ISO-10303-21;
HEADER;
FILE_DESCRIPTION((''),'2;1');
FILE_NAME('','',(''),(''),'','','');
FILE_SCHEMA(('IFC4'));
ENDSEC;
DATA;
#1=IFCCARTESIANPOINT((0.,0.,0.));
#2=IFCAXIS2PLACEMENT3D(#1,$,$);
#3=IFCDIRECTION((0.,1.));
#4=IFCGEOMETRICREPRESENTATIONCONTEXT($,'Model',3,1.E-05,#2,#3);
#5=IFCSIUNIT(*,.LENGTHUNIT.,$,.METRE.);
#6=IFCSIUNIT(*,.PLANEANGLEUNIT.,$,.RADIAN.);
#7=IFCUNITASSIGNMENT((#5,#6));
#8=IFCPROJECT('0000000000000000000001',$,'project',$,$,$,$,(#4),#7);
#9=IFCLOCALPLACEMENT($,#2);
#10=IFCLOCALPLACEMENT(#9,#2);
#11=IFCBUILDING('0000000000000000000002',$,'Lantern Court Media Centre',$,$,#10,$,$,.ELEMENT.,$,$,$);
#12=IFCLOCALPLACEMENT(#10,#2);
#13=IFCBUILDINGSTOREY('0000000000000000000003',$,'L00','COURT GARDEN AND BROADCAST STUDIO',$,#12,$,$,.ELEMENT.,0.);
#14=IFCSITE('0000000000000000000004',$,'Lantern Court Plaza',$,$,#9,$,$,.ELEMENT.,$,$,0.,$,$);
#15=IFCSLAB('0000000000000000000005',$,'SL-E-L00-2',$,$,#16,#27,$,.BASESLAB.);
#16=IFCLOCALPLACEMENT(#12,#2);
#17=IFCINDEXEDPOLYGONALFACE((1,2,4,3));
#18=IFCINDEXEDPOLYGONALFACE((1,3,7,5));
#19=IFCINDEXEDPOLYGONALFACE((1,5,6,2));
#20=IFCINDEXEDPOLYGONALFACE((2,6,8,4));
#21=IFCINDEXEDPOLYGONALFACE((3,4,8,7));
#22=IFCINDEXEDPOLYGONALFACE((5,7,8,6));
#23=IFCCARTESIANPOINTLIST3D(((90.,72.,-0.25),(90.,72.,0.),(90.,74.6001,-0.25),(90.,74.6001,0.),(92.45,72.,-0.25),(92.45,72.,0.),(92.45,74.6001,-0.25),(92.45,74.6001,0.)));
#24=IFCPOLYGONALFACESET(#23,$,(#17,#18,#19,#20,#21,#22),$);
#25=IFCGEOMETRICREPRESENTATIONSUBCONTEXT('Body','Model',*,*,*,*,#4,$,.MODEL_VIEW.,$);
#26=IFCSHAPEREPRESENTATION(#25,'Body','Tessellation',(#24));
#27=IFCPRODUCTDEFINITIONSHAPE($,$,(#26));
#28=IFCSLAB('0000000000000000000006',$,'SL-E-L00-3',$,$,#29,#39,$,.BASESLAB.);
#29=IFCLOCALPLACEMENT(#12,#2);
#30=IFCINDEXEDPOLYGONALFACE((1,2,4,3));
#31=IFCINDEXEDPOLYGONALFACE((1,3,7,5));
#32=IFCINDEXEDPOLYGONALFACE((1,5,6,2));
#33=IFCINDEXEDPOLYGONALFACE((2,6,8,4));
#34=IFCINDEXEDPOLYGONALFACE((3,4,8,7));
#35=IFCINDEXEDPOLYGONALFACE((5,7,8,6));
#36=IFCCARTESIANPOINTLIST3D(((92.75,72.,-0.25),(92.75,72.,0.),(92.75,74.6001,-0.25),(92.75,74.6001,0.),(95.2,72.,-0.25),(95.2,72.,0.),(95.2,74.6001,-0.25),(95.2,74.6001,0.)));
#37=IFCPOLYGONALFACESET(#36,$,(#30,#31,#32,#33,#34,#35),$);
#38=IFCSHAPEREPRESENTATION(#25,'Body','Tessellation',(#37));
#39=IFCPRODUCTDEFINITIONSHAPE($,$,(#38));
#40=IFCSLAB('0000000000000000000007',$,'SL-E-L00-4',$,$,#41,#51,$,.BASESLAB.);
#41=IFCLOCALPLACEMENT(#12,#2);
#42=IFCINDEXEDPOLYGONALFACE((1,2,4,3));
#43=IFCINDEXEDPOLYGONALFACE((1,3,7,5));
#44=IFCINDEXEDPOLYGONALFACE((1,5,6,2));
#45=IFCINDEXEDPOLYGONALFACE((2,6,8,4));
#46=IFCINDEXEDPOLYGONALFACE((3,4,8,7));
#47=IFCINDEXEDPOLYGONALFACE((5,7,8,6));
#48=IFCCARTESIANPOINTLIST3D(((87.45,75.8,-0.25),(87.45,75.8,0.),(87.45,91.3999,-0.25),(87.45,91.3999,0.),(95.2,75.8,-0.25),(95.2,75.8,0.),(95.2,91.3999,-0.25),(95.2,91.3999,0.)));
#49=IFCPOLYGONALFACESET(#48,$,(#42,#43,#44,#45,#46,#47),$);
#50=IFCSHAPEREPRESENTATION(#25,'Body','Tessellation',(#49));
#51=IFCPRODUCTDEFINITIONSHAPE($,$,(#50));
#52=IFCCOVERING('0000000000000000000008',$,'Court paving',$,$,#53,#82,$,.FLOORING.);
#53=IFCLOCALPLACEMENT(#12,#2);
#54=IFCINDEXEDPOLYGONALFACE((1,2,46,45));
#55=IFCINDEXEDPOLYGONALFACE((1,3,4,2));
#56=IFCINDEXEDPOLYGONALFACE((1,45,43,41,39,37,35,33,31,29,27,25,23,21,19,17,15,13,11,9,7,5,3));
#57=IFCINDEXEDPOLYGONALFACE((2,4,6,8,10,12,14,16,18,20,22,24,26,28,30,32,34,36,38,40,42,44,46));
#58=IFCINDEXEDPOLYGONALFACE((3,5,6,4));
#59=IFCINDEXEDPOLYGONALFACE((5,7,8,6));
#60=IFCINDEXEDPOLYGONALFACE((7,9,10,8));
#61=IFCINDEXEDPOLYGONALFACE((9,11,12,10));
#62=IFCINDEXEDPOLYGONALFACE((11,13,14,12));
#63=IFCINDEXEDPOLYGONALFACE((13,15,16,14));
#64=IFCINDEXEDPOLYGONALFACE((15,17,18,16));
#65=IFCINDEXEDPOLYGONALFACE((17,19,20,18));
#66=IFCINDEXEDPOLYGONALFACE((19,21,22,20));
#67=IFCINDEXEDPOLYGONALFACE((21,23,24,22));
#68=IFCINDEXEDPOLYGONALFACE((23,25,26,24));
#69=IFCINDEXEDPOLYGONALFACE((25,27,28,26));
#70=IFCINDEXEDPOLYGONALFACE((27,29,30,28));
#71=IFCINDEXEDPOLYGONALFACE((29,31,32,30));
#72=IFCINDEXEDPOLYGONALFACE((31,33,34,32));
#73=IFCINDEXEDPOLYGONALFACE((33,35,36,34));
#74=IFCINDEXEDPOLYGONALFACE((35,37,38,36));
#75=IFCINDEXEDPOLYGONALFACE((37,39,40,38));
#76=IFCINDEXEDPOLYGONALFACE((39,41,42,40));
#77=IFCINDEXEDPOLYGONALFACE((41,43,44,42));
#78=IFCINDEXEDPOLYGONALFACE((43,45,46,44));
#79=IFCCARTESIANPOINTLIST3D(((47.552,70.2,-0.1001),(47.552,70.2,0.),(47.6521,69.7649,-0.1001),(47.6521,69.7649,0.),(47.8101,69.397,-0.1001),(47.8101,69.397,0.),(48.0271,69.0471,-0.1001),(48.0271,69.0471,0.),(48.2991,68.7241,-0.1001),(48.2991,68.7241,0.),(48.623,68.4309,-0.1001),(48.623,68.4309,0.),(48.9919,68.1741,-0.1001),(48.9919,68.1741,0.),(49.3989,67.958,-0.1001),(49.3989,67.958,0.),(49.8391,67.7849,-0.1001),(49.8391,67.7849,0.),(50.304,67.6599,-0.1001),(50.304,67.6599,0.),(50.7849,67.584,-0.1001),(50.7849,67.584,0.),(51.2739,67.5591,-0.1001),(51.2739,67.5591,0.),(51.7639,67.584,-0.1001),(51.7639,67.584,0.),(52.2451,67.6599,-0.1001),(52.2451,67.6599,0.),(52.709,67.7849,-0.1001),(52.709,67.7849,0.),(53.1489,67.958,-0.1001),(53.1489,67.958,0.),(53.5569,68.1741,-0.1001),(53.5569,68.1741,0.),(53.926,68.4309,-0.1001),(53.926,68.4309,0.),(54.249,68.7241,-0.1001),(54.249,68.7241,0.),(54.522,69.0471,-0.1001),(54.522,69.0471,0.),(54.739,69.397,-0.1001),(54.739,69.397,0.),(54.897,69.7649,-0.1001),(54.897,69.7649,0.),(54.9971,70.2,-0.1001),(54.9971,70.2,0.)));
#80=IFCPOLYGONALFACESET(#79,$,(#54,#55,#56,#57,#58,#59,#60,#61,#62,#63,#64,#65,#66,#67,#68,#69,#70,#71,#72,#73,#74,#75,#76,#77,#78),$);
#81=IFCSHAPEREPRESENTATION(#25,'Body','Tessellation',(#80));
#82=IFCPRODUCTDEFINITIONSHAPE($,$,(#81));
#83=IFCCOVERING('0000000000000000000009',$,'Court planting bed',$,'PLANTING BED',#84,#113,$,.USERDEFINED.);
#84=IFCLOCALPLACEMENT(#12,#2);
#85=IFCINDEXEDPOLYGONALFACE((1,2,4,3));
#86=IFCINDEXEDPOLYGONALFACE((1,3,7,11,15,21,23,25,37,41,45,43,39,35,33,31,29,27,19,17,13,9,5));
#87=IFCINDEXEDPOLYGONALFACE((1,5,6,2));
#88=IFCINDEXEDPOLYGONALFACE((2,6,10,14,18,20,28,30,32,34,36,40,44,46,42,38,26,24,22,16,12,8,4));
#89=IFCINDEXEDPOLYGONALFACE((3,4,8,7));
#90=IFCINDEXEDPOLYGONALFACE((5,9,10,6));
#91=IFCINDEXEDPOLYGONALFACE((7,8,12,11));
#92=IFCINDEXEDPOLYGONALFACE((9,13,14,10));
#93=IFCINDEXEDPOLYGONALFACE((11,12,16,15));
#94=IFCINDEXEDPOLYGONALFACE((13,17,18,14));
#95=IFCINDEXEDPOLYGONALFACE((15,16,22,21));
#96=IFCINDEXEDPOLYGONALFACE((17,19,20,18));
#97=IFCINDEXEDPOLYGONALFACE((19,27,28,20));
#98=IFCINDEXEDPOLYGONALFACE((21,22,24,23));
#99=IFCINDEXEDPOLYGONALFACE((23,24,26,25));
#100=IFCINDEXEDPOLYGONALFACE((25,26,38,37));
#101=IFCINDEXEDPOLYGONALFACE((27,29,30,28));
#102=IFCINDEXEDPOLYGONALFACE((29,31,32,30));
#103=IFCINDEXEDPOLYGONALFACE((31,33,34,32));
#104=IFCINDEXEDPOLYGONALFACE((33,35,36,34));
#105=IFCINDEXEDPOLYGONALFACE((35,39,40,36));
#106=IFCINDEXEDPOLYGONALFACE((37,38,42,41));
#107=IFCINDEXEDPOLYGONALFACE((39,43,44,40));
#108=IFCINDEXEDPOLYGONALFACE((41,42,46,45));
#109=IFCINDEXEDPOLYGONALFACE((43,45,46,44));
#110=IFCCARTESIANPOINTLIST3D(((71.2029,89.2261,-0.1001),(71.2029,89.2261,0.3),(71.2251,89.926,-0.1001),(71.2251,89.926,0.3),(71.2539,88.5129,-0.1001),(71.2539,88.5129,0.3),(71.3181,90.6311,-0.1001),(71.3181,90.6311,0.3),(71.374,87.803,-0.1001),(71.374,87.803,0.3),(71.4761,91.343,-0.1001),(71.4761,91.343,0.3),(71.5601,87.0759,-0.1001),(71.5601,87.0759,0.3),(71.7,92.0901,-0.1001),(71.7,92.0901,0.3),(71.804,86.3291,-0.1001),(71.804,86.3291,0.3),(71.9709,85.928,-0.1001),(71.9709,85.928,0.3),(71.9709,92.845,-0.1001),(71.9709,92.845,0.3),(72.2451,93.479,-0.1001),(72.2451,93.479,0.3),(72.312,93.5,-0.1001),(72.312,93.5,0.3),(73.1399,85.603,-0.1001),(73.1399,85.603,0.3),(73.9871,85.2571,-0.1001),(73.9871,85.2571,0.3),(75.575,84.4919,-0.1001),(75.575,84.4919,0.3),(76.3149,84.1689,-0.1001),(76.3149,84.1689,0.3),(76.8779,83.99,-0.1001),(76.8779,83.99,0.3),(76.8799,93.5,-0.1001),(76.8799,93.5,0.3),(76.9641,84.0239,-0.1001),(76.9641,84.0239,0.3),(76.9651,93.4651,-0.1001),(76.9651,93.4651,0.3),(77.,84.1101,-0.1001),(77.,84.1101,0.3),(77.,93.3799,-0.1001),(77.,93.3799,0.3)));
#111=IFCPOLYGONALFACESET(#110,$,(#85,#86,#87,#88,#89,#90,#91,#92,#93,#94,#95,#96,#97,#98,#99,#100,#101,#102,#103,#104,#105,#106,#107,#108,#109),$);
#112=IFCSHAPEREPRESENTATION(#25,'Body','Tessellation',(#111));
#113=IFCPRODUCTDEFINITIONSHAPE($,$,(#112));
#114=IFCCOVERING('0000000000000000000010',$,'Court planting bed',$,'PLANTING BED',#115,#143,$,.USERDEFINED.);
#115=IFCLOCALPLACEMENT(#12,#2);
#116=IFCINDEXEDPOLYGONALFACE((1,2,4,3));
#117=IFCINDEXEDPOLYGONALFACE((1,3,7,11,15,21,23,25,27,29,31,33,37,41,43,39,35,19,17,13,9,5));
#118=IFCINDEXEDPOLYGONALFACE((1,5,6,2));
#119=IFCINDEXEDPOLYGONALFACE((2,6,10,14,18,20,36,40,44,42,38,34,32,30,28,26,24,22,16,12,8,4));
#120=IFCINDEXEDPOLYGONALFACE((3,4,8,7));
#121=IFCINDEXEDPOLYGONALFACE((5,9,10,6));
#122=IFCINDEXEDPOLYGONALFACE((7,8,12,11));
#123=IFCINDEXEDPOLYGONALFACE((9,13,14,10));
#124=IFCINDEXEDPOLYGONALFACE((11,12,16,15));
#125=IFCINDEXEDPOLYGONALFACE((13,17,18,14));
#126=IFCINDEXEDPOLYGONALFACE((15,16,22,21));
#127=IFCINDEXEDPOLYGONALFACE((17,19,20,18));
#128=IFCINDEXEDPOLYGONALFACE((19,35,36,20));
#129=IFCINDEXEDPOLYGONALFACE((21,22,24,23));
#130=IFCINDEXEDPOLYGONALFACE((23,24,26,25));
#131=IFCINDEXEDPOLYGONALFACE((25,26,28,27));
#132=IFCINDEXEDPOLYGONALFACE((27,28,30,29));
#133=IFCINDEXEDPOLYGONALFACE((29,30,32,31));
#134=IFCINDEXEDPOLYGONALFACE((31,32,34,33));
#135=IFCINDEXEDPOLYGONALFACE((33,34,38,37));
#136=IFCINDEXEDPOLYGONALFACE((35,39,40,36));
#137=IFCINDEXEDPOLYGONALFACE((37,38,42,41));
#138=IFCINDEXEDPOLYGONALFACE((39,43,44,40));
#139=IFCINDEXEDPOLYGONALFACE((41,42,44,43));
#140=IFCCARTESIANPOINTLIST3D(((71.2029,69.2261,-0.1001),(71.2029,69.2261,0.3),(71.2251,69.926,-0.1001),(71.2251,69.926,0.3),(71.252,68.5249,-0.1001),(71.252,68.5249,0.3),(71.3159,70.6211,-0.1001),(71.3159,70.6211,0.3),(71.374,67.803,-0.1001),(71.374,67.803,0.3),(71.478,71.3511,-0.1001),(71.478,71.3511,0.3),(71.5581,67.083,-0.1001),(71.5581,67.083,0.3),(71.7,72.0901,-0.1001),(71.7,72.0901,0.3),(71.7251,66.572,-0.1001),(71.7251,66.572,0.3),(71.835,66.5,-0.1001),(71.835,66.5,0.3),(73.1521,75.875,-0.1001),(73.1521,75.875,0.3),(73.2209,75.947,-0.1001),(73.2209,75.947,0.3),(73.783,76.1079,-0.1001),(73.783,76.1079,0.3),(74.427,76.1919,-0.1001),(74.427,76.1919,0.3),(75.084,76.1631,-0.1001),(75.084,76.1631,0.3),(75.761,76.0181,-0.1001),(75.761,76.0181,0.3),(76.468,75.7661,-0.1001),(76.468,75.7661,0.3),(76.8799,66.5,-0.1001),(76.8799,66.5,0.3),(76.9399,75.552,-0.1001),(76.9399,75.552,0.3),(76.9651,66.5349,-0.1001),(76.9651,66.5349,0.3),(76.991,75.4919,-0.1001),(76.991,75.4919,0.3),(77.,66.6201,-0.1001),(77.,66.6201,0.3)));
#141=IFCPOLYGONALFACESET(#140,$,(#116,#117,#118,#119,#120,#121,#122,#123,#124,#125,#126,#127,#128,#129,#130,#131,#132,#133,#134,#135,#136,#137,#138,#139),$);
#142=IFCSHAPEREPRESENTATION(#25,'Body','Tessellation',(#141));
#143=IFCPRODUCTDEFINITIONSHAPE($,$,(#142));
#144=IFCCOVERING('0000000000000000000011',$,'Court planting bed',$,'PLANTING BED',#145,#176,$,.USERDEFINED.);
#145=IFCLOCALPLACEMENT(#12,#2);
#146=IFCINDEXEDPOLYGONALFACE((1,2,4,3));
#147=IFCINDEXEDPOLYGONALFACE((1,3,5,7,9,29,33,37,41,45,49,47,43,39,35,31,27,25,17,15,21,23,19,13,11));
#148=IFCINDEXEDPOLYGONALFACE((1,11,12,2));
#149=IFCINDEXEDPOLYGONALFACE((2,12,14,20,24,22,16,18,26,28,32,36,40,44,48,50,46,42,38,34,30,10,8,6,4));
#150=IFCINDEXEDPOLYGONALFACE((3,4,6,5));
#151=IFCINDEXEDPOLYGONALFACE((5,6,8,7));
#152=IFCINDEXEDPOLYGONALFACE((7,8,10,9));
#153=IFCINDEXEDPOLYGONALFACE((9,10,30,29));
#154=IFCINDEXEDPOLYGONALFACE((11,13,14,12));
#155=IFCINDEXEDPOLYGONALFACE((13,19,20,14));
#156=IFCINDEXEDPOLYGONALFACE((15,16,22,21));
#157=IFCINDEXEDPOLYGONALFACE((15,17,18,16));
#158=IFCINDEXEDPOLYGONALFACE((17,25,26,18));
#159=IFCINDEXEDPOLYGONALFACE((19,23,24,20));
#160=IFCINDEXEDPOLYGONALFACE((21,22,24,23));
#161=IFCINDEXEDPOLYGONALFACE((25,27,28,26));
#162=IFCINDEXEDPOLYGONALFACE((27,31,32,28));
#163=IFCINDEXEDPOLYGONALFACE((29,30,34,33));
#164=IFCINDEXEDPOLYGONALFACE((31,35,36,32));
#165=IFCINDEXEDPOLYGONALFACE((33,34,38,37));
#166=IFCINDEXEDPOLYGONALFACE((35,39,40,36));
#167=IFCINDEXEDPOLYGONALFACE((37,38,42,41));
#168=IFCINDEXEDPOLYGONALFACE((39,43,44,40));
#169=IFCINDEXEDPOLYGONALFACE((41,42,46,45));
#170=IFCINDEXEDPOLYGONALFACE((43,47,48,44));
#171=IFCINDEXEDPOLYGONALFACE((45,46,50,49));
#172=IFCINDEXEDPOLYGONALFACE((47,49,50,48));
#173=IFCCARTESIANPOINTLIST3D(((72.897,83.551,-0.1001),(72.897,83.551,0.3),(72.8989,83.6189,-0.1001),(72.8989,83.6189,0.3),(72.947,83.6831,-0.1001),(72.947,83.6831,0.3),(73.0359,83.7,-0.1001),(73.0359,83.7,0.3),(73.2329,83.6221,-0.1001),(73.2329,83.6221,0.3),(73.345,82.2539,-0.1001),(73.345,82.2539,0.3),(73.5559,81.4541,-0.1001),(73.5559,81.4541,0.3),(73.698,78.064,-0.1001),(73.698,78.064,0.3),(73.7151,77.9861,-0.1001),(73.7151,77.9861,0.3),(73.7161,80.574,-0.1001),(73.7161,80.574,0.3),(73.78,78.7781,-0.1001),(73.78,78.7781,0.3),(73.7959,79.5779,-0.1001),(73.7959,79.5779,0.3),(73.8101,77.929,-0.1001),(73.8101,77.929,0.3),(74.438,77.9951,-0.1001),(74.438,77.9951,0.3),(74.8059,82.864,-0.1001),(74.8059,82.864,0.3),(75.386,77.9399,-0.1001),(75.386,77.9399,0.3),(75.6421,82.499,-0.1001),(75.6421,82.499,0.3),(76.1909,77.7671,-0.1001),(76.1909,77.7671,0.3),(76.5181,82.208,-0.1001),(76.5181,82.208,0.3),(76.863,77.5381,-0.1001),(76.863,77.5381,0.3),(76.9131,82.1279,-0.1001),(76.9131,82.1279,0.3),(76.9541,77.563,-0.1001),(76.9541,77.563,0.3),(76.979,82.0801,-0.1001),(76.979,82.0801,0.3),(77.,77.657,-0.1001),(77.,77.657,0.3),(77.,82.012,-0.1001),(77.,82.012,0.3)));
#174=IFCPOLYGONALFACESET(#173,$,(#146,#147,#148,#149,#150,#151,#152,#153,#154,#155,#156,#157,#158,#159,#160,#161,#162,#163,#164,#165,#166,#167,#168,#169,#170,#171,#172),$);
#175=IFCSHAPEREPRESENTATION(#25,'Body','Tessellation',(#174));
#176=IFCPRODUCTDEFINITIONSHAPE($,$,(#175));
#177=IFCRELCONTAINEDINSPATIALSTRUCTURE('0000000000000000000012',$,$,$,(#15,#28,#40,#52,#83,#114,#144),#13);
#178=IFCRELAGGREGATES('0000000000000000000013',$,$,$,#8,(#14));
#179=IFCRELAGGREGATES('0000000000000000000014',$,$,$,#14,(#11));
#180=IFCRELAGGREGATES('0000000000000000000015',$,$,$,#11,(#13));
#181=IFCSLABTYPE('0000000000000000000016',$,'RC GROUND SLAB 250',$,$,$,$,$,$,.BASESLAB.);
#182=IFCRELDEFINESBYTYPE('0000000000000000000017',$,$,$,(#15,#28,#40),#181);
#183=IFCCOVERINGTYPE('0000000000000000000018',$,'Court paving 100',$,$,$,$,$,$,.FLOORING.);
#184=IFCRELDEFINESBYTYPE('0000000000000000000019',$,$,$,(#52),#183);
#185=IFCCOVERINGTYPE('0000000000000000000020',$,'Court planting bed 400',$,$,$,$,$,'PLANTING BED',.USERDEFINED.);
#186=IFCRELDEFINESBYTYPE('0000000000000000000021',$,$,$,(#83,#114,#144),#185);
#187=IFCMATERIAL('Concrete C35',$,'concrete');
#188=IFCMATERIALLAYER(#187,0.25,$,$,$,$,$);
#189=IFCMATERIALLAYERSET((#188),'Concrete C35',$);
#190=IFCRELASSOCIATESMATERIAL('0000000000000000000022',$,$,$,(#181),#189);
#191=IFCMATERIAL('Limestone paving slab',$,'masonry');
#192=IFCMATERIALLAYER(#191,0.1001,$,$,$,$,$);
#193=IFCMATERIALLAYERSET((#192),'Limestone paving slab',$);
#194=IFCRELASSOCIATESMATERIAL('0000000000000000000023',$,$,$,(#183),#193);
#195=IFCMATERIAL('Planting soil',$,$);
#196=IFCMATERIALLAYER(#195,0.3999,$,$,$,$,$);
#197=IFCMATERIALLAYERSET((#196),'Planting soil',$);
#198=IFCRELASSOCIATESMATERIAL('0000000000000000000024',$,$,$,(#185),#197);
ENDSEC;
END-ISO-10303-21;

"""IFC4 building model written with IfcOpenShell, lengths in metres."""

from ifc_helpers import new_model, si_unit, direction, frame, origin, place, context, subcontext, project, spatial, polyline, outline, extrude, material, layer, layer_set, type_object, element, save


model = new_model("IFC4")

# Units and contexts
model_context = context("Model", 3, precision=1e-05, world=origin(), true_north=direction((0.0, 1.0)))
body_context = subcontext(model_context, "Body", "Model", "MODEL_VIEW")
ifc_project = project(units=[si_unit("LENGTHUNIT", "METRE"), si_unit("PLANEANGLEUNIT", "RADIAN")], contexts=[model_context])

# Site, building, storey
site_placement = place(None, origin())
site = spatial("IfcSite", under=ifc_project, at=site_placement, Name="Lantern Court Plaza", CompositionType="ELEMENT", RefElevation=0.0)
building_placement = place(site_placement, origin())
building = spatial("IfcBuilding", under=site, at=building_placement, Name="Lantern Court Media Centre", CompositionType="ELEMENT")
storey_placement = place(building_placement, origin())
storey = spatial("IfcBuildingStorey", under=building, at=storey_placement, Name="L00", Description="COURT GARDEN AND BROADCAST STUDIO", CompositionType="ELEMENT", Elevation=0.0)

# Slabs
ifc_material_1 = material(Name="Concrete C35", Category="concrete")
ifc_layer_1 = layer(ifc_material_1, 0.25)
ifc_layer_set_1 = layer_set([ifc_layer_1], Name="Concrete C35")
slab_type_1 = type_object("IfcSlabType", Name="RC GROUND SLAB 250", PredefinedType="BASESLAB", material=ifc_layer_set_1)
slab_1_placement = place(storey_placement, frame((0.0, 0.0, -0.25)))
element("IfcSlab", 1, at=slab_1_placement, inside=storey, type_object=slab_type_1, Name="SL-E-L00-2", PredefinedType="BASESLAB", context=body_context, shape_type="SweptSolid", body=[
    extrude(outline(polyline([(92.45, 72.0), (90.0, 72.0), (90.0, 74.6001), (92.45, 74.6001), (92.45, 72.0)])), origin(), (0.0, 0.0, 1.0), 0.25),
])
slab_2_placement = place(storey_placement, frame((0.0, 0.0, -0.25)))
element("IfcSlab", 2, at=slab_2_placement, inside=storey, type_object=slab_type_1, Name="SL-E-L00-3", PredefinedType="BASESLAB", context=body_context, shape_type="SweptSolid", body=[
    extrude(outline(polyline([(95.2, 72.0), (92.75, 72.0), (92.75, 74.6001), (95.2, 74.6001), (95.2, 72.0)])), origin(), (0.0, 0.0, 1.0), 0.25),
])
slab_3_placement = place(storey_placement, frame((0.0, 0.0, -0.25)))
element("IfcSlab", 3, at=slab_3_placement, inside=storey, type_object=slab_type_1, Name="SL-E-L00-4", PredefinedType="BASESLAB", context=body_context, shape_type="SweptSolid", body=[
    extrude(outline(polyline([(95.2, 91.3999), (95.2, 75.8), (87.45, 75.8), (87.45, 91.3999), (95.2, 91.3999)])), origin(), (0.0, 0.0, 1.0), 0.25),
])

# Coverings
ifc_material_2 = material(Name="Limestone paving slab", Category="masonry")
ifc_layer_2 = layer(ifc_material_2, 0.1001)
ifc_layer_set_2 = layer_set([ifc_layer_2], Name="Limestone paving slab")
covering_type_1 = type_object("IfcCoveringType", Name="Court paving 100", PredefinedType="FLOORING", material=ifc_layer_set_2)
covering_1_placement = place(storey_placement, frame((0.0, 0.0, -0.1001)))
element("IfcCovering", 4, at=covering_1_placement, inside=storey, type_object=covering_type_1, Name="Court paving", PredefinedType="FLOORING", context=body_context, shape_type="SweptSolid", body=[
    extrude(outline(polyline([(54.739, 69.397), (54.522, 69.0471), (54.249, 68.7241), (53.926, 68.4309), (53.5569, 68.1741), (53.1489, 67.958), (52.709, 67.7849), (52.2451, 67.6599), (51.7639, 67.584), (51.2739, 67.5591), (50.7849, 67.584), (50.304, 67.6599), (49.8391, 67.7849), (49.3989, 67.958), (48.9919, 68.1741), (48.623, 68.4309), (48.2991, 68.7241), (48.0271, 69.0471), (47.8101, 69.397), (47.6521, 69.7649), (47.552, 70.2), (54.9971, 70.2), (54.897, 69.7649), (54.739, 69.397)])), origin(), (0.0, 0.0, 1.0), 0.1001),
])
ifc_material_3 = material(Name="Planting soil")
ifc_layer_3 = layer(ifc_material_3, 0.3999)
ifc_layer_set_3 = layer_set([ifc_layer_3], Name="Planting soil")
covering_type_2 = type_object("IfcCoveringType", Name="Court planting bed 400", ElementType="PLANTING BED", PredefinedType="USERDEFINED", material=ifc_layer_set_3)
covering_2_placement = place(storey_placement, frame((0.0, 0.0, -0.1001)))
element("IfcCovering", 5, at=covering_2_placement, inside=storey, type_object=covering_type_2, Name="Court planting bed", ObjectType="PLANTING BED", PredefinedType="USERDEFINED", context=body_context, shape_type="SweptSolid", body=[
    extrude(outline(polyline([(77.0, 93.3799), (77.0, 84.1101), (76.9641, 84.0239), (76.8779, 83.99), (76.3149, 84.1689), (75.575, 84.4919), (73.9871, 85.2571), (73.1399, 85.603), (71.9709, 85.928), (71.804, 86.3291), (71.5601, 87.0759), (71.374, 87.803), (71.2539, 88.5129), (71.2029, 89.2261), (71.2251, 89.926), (71.3181, 90.6311), (71.4761, 91.343), (71.7, 92.0901), (71.9709, 92.845), (72.2451, 93.479), (72.312, 93.5), (76.8799, 93.5), (76.9651, 93.4651), (77.0, 93.3799)])), origin(), (0.0, 0.0, 1.0), 0.4001),
])
covering_3_placement = place(storey_placement, frame((0.0, 0.0, -0.1001)))
element("IfcCovering", 6, at=covering_3_placement, inside=storey, type_object=covering_type_2, Name="Court planting bed", ObjectType="PLANTING BED", PredefinedType="USERDEFINED", context=body_context, shape_type="SweptSolid", body=[
    extrude(outline(polyline([(76.8799, 66.5), (71.835, 66.5), (71.7251, 66.572), (71.5581, 67.083), (71.374, 67.803), (71.252, 68.5249), (71.2029, 69.2261), (71.2251, 69.926), (71.3159, 70.6211), (71.478, 71.3511), (71.7, 72.0901), (73.1521, 75.875), (73.2209, 75.947), (73.783, 76.1079), (74.427, 76.1919), (75.084, 76.1631), (75.761, 76.0181), (76.468, 75.7661), (76.9399, 75.552), (76.991, 75.4919), (77.0, 66.6201), (76.9651, 66.5349), (76.8799, 66.5)])), origin(), (0.0, 0.0, 1.0), 0.4001),
])
covering_4_placement = place(storey_placement, frame((0.0, 0.0, -0.1001)))
element("IfcCovering", 7, at=covering_4_placement, inside=storey, type_object=covering_type_2, Name="Court planting bed", ObjectType="PLANTING BED", PredefinedType="USERDEFINED", context=body_context, shape_type="SweptSolid", body=[
    extrude(outline(polyline([(76.863, 77.5381), (76.1909, 77.7671), (75.386, 77.9399), (74.438, 77.9951), (73.8101, 77.929), (73.7151, 77.9861), (73.698, 78.064), (73.78, 78.7781), (73.7959, 79.5779), (73.7161, 80.574), (73.5559, 81.4541), (73.345, 82.2539), (72.897, 83.551), (72.8989, 83.6189), (72.947, 83.6831), (73.0359, 83.7), (73.2329, 83.6221), (74.8059, 82.864), (75.6421, 82.499), (76.5181, 82.208), (76.9131, 82.1279), (76.979, 82.0801), (77.0, 82.012), (77.0, 77.657), (76.9541, 77.563), (76.863, 77.5381)])), origin(), (0.0, 0.0, 1.0), 0.4001),
])

save(model, "model.ifc")
